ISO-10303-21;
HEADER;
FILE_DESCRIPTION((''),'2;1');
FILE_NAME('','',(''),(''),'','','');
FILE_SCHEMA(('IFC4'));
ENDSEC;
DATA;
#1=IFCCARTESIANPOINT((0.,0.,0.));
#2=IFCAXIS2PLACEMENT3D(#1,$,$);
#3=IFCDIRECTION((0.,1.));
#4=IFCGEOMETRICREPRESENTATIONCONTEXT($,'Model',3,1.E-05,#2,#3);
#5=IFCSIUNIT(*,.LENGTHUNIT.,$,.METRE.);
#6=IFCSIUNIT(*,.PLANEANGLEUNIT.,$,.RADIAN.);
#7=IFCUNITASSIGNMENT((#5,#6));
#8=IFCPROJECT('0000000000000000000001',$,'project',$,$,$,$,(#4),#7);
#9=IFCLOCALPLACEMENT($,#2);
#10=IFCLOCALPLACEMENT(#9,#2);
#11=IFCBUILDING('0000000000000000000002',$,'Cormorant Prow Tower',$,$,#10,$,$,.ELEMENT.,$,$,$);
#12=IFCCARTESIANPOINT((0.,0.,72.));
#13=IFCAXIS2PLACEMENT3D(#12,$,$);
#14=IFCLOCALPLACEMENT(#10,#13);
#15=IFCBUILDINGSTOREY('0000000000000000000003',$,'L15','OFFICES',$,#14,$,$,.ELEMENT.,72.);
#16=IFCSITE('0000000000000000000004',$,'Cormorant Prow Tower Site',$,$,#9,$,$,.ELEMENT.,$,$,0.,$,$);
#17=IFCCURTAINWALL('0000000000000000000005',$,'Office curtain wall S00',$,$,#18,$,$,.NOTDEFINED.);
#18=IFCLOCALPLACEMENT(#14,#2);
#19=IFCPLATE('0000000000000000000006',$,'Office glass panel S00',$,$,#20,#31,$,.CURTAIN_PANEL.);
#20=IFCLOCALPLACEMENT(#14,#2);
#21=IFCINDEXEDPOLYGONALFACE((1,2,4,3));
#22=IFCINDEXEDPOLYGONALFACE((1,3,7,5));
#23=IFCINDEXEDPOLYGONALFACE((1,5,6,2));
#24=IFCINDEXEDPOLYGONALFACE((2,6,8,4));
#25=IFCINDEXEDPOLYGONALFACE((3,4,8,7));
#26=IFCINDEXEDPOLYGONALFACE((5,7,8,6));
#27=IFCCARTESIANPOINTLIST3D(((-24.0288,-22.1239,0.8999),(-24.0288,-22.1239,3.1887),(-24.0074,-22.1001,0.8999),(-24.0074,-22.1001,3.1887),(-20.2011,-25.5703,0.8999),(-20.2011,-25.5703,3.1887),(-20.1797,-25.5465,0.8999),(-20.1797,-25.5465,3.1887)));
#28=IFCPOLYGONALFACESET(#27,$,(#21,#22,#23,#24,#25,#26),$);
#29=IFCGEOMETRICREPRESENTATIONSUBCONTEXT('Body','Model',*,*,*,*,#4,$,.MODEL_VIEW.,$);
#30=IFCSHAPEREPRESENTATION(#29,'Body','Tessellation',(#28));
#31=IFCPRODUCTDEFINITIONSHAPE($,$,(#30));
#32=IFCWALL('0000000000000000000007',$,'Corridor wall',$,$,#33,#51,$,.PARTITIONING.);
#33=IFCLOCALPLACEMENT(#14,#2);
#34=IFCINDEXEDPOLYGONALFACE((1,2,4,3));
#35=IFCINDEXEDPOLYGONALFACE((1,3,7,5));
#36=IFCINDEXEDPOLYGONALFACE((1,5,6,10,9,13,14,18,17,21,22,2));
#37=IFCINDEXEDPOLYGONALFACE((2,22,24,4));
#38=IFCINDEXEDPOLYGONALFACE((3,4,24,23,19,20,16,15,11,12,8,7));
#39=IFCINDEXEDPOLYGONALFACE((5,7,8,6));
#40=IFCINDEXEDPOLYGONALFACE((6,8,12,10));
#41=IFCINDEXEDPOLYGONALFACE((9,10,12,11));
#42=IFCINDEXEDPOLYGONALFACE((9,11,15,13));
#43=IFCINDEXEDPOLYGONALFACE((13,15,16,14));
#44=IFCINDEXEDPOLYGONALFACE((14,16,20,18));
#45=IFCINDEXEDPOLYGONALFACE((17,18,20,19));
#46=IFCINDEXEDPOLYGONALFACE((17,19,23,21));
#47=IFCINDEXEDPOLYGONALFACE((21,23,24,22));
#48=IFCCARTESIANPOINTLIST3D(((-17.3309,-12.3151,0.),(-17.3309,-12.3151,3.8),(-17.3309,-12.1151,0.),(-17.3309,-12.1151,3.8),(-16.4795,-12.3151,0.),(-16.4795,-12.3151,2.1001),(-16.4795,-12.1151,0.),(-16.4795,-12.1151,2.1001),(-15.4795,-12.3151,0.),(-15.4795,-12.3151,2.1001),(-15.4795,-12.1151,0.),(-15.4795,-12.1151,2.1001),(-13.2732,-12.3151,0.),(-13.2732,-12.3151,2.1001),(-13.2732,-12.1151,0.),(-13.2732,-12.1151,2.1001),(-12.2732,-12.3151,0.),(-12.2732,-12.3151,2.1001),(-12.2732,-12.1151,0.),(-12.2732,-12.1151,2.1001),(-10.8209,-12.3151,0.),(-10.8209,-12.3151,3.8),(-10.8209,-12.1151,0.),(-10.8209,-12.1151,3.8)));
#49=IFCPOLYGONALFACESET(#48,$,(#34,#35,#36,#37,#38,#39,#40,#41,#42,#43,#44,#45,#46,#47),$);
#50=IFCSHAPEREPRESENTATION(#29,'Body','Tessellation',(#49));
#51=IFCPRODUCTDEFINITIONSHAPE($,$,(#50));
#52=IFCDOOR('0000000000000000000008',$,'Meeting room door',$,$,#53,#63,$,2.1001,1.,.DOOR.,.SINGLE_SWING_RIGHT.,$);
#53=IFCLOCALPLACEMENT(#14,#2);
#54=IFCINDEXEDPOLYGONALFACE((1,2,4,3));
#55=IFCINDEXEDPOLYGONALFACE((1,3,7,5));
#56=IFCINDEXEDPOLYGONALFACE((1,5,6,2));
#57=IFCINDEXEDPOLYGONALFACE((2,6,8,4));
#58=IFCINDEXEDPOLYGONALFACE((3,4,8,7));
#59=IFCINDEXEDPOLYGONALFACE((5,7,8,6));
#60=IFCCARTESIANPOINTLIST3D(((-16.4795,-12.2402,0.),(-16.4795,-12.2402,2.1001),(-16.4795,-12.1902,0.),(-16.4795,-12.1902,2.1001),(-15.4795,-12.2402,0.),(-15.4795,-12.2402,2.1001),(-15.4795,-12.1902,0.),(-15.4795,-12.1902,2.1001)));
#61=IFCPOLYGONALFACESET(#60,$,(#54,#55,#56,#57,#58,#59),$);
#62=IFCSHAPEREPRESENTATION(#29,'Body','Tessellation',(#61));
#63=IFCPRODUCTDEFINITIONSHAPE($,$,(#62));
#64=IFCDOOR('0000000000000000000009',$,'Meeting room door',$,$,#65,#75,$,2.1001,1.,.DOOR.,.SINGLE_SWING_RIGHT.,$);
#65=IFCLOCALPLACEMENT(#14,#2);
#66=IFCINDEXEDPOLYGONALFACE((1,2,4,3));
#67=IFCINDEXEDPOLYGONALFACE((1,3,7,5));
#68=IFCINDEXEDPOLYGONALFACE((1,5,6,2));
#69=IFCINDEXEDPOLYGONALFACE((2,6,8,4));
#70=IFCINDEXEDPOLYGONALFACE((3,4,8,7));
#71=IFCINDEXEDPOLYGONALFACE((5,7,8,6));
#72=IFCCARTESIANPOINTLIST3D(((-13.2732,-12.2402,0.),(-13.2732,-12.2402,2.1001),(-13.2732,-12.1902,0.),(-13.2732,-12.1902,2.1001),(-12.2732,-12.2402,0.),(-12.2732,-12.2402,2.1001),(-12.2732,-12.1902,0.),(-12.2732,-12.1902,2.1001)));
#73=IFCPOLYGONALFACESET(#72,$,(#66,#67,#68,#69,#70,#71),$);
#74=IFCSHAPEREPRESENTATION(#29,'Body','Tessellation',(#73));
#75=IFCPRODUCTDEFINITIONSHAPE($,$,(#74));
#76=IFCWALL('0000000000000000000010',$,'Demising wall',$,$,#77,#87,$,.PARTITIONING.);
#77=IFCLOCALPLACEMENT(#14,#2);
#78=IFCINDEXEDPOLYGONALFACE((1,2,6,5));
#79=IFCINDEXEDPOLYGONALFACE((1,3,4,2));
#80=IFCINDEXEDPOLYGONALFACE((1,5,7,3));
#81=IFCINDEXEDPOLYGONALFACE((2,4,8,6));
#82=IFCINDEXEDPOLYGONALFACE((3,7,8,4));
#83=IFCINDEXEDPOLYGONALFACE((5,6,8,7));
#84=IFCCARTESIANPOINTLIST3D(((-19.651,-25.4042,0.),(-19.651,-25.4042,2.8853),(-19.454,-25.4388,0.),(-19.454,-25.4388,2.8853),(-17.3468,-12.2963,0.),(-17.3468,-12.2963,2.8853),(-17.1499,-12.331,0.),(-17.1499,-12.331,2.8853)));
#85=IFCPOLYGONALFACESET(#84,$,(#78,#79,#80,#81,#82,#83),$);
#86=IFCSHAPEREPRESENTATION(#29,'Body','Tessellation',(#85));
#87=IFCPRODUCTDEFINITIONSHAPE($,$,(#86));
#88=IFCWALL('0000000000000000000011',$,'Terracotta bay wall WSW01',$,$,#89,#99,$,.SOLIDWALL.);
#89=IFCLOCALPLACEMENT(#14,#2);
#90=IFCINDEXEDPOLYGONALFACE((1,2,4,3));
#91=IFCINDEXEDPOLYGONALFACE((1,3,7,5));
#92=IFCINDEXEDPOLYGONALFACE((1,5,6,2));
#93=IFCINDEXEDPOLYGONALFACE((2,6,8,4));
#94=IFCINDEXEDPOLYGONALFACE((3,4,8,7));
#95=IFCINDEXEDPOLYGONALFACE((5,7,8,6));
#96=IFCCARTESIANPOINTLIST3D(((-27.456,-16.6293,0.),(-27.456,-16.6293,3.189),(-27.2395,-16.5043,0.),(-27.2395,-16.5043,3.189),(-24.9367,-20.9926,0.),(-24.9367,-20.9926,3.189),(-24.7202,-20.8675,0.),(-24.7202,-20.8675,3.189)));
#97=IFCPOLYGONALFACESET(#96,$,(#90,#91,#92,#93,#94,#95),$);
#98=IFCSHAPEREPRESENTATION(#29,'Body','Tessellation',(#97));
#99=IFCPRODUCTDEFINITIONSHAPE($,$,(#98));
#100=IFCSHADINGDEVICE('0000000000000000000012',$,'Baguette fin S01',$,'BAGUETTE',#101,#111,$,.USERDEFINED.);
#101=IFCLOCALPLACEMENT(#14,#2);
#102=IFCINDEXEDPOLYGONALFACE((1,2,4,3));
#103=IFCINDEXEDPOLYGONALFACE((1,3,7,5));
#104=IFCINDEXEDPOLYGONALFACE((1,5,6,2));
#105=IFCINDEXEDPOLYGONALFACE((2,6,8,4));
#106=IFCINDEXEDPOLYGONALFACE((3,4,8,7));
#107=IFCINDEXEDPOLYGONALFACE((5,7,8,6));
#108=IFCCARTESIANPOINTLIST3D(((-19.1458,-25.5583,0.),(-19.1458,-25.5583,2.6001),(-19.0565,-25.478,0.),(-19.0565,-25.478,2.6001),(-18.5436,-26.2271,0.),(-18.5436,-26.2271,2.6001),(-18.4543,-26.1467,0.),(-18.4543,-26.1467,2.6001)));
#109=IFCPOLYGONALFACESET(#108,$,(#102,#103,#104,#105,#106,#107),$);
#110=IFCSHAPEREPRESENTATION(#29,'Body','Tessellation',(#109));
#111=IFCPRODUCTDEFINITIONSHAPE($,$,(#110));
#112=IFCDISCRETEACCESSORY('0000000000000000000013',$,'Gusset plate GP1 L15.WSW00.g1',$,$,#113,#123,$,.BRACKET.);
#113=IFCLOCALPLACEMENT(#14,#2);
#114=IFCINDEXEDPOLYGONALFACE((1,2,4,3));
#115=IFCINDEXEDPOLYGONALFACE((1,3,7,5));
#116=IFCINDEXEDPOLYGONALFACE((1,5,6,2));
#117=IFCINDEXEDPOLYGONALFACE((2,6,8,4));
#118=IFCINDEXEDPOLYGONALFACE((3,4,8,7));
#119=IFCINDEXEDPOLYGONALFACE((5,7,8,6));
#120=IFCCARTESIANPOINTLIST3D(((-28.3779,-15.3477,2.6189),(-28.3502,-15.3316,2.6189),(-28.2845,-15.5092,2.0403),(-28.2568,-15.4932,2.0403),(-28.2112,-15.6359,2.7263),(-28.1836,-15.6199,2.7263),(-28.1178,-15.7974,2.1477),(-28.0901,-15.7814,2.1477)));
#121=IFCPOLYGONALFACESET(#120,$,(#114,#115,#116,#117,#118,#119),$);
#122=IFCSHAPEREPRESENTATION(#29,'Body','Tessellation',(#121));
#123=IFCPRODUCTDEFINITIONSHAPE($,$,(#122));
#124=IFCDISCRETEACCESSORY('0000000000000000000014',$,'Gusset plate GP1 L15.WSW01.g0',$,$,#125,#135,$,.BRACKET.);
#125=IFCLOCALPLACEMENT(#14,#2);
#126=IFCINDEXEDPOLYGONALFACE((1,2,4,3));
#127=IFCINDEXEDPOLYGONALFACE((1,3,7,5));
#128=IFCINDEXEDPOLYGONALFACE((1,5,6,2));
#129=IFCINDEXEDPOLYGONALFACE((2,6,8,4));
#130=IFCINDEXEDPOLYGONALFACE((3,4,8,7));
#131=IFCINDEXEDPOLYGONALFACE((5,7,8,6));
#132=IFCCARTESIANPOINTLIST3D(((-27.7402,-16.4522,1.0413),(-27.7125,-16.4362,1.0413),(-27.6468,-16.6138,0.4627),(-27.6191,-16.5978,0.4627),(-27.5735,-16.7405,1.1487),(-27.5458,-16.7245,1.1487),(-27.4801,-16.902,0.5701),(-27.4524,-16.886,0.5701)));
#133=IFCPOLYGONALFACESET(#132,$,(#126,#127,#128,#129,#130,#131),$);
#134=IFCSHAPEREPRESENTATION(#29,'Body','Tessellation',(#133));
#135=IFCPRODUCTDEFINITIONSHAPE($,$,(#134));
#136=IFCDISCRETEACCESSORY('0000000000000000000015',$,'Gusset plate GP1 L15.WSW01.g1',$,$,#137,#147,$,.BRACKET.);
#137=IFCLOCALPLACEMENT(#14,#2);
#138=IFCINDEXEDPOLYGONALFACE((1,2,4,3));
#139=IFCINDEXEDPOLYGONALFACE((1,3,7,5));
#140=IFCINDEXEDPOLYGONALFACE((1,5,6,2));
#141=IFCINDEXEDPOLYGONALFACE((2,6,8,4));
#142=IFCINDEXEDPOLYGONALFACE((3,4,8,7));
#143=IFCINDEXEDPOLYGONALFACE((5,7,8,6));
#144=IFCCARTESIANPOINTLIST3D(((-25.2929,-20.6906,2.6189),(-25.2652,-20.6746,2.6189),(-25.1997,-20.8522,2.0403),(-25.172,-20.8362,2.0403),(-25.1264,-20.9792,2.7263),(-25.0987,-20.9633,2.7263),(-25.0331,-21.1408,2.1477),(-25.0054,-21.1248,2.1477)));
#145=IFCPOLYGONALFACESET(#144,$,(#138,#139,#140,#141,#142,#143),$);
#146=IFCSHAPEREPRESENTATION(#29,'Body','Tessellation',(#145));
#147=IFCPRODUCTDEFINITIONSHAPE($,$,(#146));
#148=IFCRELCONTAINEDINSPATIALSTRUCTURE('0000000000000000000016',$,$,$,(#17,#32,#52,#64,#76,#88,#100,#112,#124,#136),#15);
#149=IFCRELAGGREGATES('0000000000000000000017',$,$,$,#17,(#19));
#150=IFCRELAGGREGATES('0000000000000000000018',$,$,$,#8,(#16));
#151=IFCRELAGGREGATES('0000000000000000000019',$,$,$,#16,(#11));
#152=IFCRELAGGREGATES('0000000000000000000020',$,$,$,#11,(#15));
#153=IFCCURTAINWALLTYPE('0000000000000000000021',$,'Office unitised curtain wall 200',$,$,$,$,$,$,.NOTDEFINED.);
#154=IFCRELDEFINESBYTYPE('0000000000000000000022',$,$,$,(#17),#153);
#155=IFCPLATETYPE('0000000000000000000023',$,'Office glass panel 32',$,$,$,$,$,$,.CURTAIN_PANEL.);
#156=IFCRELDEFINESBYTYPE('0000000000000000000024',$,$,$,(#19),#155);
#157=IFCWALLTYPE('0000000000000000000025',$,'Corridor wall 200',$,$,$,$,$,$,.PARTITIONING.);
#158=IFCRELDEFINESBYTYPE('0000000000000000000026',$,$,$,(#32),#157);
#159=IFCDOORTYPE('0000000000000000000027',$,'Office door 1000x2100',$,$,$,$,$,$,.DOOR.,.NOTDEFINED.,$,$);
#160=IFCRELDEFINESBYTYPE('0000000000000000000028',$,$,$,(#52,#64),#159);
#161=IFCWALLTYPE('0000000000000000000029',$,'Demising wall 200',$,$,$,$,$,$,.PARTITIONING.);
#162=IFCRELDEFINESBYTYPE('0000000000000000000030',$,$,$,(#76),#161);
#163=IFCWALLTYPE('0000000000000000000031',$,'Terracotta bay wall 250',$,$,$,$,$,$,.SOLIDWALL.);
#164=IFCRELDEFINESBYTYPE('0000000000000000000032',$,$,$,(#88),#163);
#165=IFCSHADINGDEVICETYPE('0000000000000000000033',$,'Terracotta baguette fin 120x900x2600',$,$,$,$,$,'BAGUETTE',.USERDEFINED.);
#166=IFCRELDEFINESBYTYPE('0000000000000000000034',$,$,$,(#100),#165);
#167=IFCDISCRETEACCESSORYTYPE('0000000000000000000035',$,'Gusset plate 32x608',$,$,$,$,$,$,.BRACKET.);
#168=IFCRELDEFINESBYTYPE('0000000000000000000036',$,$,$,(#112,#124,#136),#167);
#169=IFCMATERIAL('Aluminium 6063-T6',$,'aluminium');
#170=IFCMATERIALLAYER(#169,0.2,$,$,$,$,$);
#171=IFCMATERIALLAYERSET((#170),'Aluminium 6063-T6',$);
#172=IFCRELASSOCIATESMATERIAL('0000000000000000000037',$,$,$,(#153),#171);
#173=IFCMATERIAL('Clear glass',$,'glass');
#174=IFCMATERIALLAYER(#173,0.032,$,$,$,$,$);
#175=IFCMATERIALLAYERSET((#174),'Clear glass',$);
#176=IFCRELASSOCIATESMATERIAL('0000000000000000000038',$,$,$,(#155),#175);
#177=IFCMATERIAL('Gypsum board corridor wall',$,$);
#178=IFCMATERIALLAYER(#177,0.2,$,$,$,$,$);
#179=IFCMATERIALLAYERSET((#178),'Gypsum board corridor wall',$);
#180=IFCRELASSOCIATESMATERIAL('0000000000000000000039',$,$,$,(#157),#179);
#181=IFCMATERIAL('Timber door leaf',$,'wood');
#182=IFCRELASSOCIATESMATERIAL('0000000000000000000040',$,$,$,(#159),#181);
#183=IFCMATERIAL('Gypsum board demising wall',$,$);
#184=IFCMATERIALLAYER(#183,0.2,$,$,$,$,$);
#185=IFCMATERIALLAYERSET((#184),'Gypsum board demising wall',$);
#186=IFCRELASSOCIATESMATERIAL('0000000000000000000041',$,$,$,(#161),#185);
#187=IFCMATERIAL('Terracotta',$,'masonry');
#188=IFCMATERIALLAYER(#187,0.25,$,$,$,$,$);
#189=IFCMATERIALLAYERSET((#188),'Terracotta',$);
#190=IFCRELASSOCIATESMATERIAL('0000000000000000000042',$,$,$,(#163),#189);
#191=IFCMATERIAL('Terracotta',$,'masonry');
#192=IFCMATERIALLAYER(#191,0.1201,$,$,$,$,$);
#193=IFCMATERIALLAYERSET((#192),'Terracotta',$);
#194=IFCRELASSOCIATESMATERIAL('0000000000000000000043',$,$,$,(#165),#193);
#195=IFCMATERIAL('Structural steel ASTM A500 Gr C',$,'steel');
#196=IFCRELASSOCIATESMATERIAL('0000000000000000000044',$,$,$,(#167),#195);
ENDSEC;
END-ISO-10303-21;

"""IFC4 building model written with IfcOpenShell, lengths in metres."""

from ifc_helpers import new_model, si_unit, direction, frame, frame_2d, origin, origin_2d, place, context, subcontext, project, spatial, rectangle, extrude, material, layer, layer_set, material_profile, profile_set, type_object, element, fill, aggregate, save


model = new_model("IFC4")

# Units and contexts
model_context = context("Model", 3, precision=1e-05, world=origin(), true_north=direction((0.0, 1.0)))
body_context = subcontext(model_context, "Body", "Model", "MODEL_VIEW")
ifc_project = project(units=[si_unit("LENGTHUNIT", "METRE"), si_unit("PLANEANGLEUNIT", "RADIAN")], contexts=[model_context])

# Site, building, storey
site_placement = place(None, origin())
site = spatial("IfcSite", under=ifc_project, at=site_placement, Name="Cormorant Prow Tower Site", CompositionType="ELEMENT", RefElevation=0.0)
building_placement = place(site_placement, origin())
building = spatial("IfcBuilding", under=site, at=building_placement, Name="Cormorant Prow Tower", CompositionType="ELEMENT")
storey_placement = place(building_placement, frame((0.0, 0.0, 72.0)))
storey = spatial("IfcBuildingStorey", under=building, at=storey_placement, Name="L15", Description="OFFICES", CompositionType="ELEMENT", Elevation=72.0)

# Curtain wall
ifc_material_1 = material(Name="Aluminium 6063-T6", Category="aluminium")
ifc_layer_1 = layer(ifc_material_1, 0.2)
ifc_layer_set_1 = layer_set([ifc_layer_1], Name="Aluminium 6063-T6")
curtain_wall_type = type_object("IfcCurtainWallType", Name="Office unitised curtain wall 200", PredefinedType="NOTDEFINED", material=ifc_layer_set_1)
curtain_wall_placement = place(storey_placement, origin())
curtain_wall = element("IfcCurtainWall", 1, at=curtain_wall_placement, inside=storey, type_object=curtain_wall_type, Name="Office curtain wall S00", PredefinedType="NOTDEFINED")

# Plate
ifc_material_2 = material(Name="Clear glass", Category="glass")
ifc_layer_2 = layer(ifc_material_2, 0.032)
ifc_layer_set_2 = layer_set([ifc_layer_2], Name="Clear glass")
plate_type = type_object("IfcPlateType", Name="Office glass panel 32", PredefinedType="CURTAIN_PANEL", material=ifc_layer_set_2)
plate_placement = place(storey_placement, frame((-22.1042, -23.8352, 0.8999), z_axis=(0.0, 0.0, 1.0), x_axis=(0.743145, -0.669131, 0.0)))
plate = element("IfcPlate", 2, at=plate_placement, type_object=plate_type, Name="Office glass panel S00", PredefinedType="CURTAIN_PANEL", context=body_context, shape_type="SweptSolid", body=[
    extrude(rectangle(XDim=5.1506, YDim=0.032, at=origin_2d()), origin(), (0.0, 0.0, 1.0), 2.2888),
])
aggregate(curtain_wall, [plate])

# Wall, openings, doors
ifc_material_3 = material(Name="Gypsum board corridor wall")
ifc_layer_3 = layer(ifc_material_3, 0.2)
ifc_layer_set_3 = layer_set([ifc_layer_3], Name="Gypsum board corridor wall")
wall_type_1 = type_object("IfcWallType", Name="Corridor wall 200", PredefinedType="PARTITIONING", material=ifc_layer_set_3)
wall_1_placement = place(storey_placement, frame((-17.3308, -12.2151, 0.0), z_axis=(0.0, 0.0, 1.0), x_axis=(1.0, 0.0, 0.0)))
wall_1 = element("IfcWall", 3, at=wall_1_placement, inside=storey, type_object=wall_type_1, Name="Corridor wall", PredefinedType="PARTITIONING", context=body_context, shape_type="SweptSolid", body=[
    extrude(rectangle(XDim=6.51, YDim=0.2, at=frame_2d((3.2549, 0.0))), origin(), (0.0, 0.0, 1.0), 3.8),
])
opening_1_placement = place(wall_1_placement, frame((0.8513, 0.0, 0.0)))
opening_1 = element("IfcOpeningElement", 4, at=opening_1_placement, cuts=wall_1, PredefinedType="OPENING", context=body_context, shape_type="SweptSolid", body=[
    extrude(rectangle(XDim=1.0, YDim=2.1001, at=frame_2d((0.5, 1.05))), frame((0.0, 0.1099, 0.0), z_axis=(0.0, -1.0, 0.0), x_axis=(1.0, 0.0, 0.0)), (0.0, 0.0, 1.0), 0.22),
])
opening_2_placement = place(wall_1_placement, frame((4.0576, 0.0, 0.0)))
opening_2 = element("IfcOpeningElement", 5, at=opening_2_placement, cuts=wall_1, PredefinedType="OPENING", context=body_context, shape_type="SweptSolid", body=[
    extrude(rectangle(XDim=1.0, YDim=2.1001, at=frame_2d((0.5, 1.05))), frame((0.0, 0.1099, 0.0), z_axis=(0.0, -1.0, 0.0), x_axis=(1.0, 0.0, 0.0)), (0.0, 0.0, 1.0), 0.22),
])
ifc_material_4 = material(Name="Timber door leaf", Category="wood")
door_type_1 = type_object("IfcDoorType", Name="Office door 1000x2100", OperationType="NOTDEFINED", PredefinedType="DOOR", material=ifc_material_4)
door_1_placement = place(opening_1_placement, origin())
door_1 = element("IfcDoor", 6, at=door_1_placement, inside=storey, type_object=door_type_1, Name="Meeting room door", OperationType="SINGLE_SWING_RIGHT", OverallHeight=2.1001, OverallWidth=1.0, PredefinedType="DOOR", context=body_context, shape_type="SweptSolid", body=[
    extrude(rectangle(XDim=1.0, YDim=2.1001, at=frame_2d((0.5, 1.05))), frame((0.0, 0.0249, 0.0), z_axis=(0.0, -1.0, 0.0), x_axis=(1.0, 0.0, 0.0)), (0.0, 0.0, 1.0), 0.05),
])
fill(opening_1, door_1)
door_2_placement = place(opening_2_placement, origin())
door_2 = element("IfcDoor", 7, at=door_2_placement, inside=storey, type_object=door_type_1, Name="Meeting room door", OperationType="SINGLE_SWING_RIGHT", OverallHeight=2.1001, OverallWidth=1.0, PredefinedType="DOOR", context=body_context, shape_type="SweptSolid", body=[
    extrude(rectangle(XDim=1.0, YDim=2.1001, at=frame_2d((0.5, 1.05))), frame((0.0, 0.0249, 0.0), z_axis=(0.0, -1.0, 0.0), x_axis=(1.0, 0.0, 0.0)), (0.0, 0.0, 1.0), 0.05),
])
fill(opening_2, door_2)

# Walls
ifc_material_5 = material(Name="Gypsum board demising wall")
ifc_layer_4 = layer(ifc_material_5, 0.2)
ifc_layer_set_4 = layer_set([ifc_layer_4], Name="Gypsum board demising wall")
wall_type_2 = type_object("IfcWallType", Name="Demising wall 200", PredefinedType="PARTITIONING", material=ifc_layer_set_4)
wall_2_placement = place(storey_placement, frame((-19.5525, -25.4214, 0.0), z_axis=(0.0, 0.0, 1.0), x_axis=(0.173132, 0.984899, 0.0)))
element("IfcWall", 8, at=wall_2_placement, inside=storey, type_object=wall_type_2, Name="Demising wall", PredefinedType="PARTITIONING", context=body_context, shape_type="SweptSolid", body=[
    extrude(rectangle(XDim=13.3088, YDim=0.2, at=frame_2d((6.6543, 0.0))), origin(), (0.0, 0.0, 1.0), 2.8853),
])
ifc_material_6 = material(Name="Terracotta", Category="masonry")
ifc_layer_5 = layer(ifc_material_6, 0.25)
ifc_layer_set_5 = layer_set([ifc_layer_5], Name="Terracotta")
wall_type_3 = type_object("IfcWallType", Name="Terracotta bay wall 250", PredefinedType="SOLIDWALL", material=ifc_layer_set_5)
wall_3_placement = place(storey_placement, frame((-27.3477, -16.5669, 0.0), z_axis=(0.0, 0.0, 1.0), x_axis=(0.500022, -0.866013, 0.0)))
element("IfcWall", 9, at=wall_3_placement, inside=storey, type_object=wall_type_3, Name="Terracotta bay wall WSW01", PredefinedType="SOLIDWALL", context=body_context, shape_type="SweptSolid", body=[
    extrude(rectangle(XDim=5.0383, YDim=0.25, at=frame_2d((2.519, 0.0))), origin(), (0.0, 0.0, 1.0), 3.189),
])

# Shading device
ifc_material_7 = material(Name="Terracotta", Category="masonry")
ifc_layer_6 = layer(ifc_material_7, 0.1201)
ifc_layer_set_6 = layer_set([ifc_layer_6], Name="Terracotta")
shading_device_type = type_object("IfcShadingDeviceType", Name="Terracotta baguette fin 120x900x2600", ElementType="BAGUETTE", PredefinedType="USERDEFINED", material=ifc_layer_set_6)
shading_device_placement = place(storey_placement, frame((-18.8, -25.8525, 0.0), z_axis=(0.0, 0.0, 1.0), x_axis=(0.743145, 0.669131, 0.0)))
element("IfcShadingDevice", 10, at=shading_device_placement, inside=storey, type_object=shading_device_type, Name="Baguette fin S01", ObjectType="BAGUETTE", PredefinedType="USERDEFINED", context=body_context, shape_type="SweptSolid", body=[
    extrude(rectangle(XDim=0.1201, YDim=0.8999, at=origin_2d()), origin(), (0.0, 0.0, 1.0), 2.6001),
])

# Discrete accessories
ifc_material_8 = material(Name="Structural steel ASTM A500 Gr C", Category="steel")
ifc_material_profile_1 = material_profile(ifc_material_8, rectangle(XDim=0.032, YDim=0.6079, at=origin_2d()), Name="Gusset plate 32x608")
ifc_profile_set_1 = profile_set([ifc_material_profile_1], Name="Structural steel ASTM A500 Gr C")
discrete_accessory_type = type_object("IfcDiscreteAccessoryType", Name="Gusset plate 32x608", PredefinedType="BRACKET", material=ifc_profile_set_1)
for number, where, z_axis, x_axis, name in (
    (11, (-28.3174, -15.4204, 2.3296), (0.476465, -0.823872, 0.306946), (0.86566, 0.500632, 0.0), "Gusset plate GP1 L15.WSW00.g1"),
    (12, (-27.5129, -16.8132, 0.8594), (-0.476465, 0.823872, -0.306946), (-0.86566, -0.500632, 0.0), "Gusset plate GP1 L15.WSW01.g0"),
):
    element("IfcDiscreteAccessory", number, at=place(storey_placement, frame(where, z_axis=z_axis, x_axis=x_axis)), inside=storey, type_object=discrete_accessory_type, Name=name, PredefinedType="BRACKET", context=body_context, shape_type="SweptSolid", body=[
        extrude(rectangle(XDim=0.032, YDim=0.6079, at=origin_2d()), origin(), (0.0, 0.0, 1.0), 0.3499),
    ])
discrete_accessory_placement = place(storey_placement, frame((-25.2324, -20.7634, 2.3296), z_axis=(0.475652, -0.82437, 0.306872), x_axis=(0.866161, 0.499765, 0.0)))
element("IfcDiscreteAccessory", 13, at=discrete_accessory_placement, inside=storey, type_object=discrete_accessory_type, Name="Gusset plate GP1 L15.WSW01.g1", PredefinedType="BRACKET", context=body_context, shape_type="SweptSolid", body=[
    extrude(rectangle(XDim=0.032, YDim=0.6079, at=origin_2d()), origin(), (0.0, 0.0, 1.0), 0.3501),
])

save(model, "model.ifc")
